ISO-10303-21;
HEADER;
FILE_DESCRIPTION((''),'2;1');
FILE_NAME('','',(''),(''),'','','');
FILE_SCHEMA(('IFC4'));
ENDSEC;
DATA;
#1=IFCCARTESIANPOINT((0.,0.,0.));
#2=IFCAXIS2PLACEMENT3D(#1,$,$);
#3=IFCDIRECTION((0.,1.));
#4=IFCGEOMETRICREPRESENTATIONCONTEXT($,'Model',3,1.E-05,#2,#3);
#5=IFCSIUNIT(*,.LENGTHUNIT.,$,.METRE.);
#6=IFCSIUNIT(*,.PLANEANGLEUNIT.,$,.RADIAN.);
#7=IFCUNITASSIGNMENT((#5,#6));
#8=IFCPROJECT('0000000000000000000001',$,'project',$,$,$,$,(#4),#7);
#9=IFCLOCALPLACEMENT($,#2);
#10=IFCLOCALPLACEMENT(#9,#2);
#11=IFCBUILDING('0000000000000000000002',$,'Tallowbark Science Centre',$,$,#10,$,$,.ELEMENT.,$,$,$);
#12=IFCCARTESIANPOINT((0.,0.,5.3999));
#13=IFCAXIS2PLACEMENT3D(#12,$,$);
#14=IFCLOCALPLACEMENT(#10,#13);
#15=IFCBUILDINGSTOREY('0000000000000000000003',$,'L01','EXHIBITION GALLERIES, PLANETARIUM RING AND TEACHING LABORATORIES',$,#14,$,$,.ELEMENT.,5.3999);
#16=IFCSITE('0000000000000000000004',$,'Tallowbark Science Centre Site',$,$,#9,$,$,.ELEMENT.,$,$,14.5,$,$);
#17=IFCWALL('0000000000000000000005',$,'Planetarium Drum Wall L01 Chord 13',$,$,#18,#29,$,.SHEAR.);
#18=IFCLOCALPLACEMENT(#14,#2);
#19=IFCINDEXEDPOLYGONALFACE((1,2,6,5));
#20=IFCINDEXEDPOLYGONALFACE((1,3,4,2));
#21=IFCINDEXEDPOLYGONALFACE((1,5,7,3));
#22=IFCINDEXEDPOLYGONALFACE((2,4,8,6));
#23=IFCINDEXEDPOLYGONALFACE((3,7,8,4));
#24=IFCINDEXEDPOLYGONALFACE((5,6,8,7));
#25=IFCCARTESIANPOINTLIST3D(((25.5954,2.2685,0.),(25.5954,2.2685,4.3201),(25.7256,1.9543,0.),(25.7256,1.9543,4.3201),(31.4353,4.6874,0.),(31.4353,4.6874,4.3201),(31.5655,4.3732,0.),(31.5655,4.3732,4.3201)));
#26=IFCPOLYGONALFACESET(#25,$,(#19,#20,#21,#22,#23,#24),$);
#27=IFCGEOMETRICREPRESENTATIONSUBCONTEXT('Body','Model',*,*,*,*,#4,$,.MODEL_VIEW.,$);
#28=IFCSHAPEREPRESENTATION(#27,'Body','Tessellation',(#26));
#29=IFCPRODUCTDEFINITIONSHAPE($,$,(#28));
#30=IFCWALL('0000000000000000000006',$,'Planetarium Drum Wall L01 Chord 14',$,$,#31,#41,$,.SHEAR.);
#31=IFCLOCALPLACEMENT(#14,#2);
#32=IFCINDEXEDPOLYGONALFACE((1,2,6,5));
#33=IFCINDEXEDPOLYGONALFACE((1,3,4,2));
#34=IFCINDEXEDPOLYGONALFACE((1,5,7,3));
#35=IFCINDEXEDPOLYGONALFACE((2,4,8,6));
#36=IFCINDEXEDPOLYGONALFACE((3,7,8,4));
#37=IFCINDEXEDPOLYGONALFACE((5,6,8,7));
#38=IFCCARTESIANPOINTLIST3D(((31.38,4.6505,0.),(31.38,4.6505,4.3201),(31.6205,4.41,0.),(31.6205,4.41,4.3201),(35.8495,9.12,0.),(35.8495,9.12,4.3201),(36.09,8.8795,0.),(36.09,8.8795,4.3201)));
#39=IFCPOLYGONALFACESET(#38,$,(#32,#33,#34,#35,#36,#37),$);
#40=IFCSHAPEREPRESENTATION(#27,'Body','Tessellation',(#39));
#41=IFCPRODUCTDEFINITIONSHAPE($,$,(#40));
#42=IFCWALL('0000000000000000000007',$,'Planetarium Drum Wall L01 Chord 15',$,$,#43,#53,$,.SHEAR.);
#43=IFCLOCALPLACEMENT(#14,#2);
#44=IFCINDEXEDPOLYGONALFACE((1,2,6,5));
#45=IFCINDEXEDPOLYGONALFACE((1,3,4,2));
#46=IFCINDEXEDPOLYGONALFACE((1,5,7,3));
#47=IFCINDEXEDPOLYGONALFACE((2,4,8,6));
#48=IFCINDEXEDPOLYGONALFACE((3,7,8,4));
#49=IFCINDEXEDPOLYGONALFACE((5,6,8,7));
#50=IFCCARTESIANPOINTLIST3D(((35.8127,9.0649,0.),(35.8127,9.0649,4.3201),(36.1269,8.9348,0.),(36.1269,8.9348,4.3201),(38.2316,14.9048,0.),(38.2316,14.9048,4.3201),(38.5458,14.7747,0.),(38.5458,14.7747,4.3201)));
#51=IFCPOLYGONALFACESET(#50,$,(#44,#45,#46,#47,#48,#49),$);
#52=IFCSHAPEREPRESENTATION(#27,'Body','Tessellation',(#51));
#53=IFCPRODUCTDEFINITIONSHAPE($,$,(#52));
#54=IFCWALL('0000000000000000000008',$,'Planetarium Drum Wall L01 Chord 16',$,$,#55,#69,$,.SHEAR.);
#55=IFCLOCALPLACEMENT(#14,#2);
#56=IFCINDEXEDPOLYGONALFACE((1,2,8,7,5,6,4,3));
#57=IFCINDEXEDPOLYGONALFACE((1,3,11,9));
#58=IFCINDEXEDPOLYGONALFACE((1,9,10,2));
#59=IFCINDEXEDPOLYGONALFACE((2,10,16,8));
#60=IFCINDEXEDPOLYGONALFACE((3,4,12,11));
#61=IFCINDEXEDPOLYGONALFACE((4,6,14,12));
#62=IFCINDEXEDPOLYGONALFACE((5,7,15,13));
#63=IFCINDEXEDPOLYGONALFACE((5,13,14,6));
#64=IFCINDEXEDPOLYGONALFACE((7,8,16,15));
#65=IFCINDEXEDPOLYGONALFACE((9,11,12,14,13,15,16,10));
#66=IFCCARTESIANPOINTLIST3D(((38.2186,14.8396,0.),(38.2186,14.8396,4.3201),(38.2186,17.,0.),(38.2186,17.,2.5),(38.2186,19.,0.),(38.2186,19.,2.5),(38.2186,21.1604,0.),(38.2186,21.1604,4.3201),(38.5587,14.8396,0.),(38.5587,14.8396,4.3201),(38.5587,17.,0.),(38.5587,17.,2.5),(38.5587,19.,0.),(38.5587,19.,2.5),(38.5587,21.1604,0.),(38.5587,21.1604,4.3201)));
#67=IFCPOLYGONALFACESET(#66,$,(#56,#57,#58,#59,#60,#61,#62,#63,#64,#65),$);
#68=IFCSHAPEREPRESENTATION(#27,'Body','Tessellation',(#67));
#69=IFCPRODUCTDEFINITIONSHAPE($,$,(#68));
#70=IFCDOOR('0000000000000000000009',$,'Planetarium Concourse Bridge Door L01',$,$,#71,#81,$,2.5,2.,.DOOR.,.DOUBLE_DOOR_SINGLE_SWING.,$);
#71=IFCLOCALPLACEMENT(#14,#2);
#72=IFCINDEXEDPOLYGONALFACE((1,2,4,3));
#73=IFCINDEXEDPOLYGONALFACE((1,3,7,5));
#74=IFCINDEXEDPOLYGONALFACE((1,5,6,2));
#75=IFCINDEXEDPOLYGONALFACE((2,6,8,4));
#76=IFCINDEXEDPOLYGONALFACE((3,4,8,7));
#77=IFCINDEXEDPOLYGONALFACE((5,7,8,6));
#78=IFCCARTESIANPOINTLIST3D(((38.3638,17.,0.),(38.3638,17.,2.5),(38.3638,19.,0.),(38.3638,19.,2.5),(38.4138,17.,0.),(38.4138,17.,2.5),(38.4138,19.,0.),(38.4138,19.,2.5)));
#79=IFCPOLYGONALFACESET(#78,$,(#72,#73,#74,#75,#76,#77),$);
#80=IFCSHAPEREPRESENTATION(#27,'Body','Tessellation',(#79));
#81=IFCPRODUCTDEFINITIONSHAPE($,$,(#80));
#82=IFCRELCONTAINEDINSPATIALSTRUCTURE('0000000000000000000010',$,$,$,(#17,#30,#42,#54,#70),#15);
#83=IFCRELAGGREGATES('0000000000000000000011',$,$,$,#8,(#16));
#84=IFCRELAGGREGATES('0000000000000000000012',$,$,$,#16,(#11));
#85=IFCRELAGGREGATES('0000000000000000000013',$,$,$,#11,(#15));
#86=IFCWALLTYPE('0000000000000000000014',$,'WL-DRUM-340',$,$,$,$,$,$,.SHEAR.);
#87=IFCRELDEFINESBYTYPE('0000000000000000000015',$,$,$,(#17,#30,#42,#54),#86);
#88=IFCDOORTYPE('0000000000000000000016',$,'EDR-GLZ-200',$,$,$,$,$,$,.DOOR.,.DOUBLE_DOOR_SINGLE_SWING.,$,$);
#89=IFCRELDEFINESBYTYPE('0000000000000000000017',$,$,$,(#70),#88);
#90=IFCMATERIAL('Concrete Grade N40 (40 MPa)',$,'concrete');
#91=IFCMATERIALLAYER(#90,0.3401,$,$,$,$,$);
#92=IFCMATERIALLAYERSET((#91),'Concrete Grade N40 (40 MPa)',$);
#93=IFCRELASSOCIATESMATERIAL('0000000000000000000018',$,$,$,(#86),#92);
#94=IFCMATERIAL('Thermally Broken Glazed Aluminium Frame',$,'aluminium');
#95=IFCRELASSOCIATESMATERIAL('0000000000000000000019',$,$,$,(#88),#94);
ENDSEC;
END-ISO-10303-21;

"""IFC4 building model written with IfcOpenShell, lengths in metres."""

from ifc_helpers import new_model, si_unit, direction, frame, frame_2d, origin, place, context, subcontext, project, spatial, rectangle, extrude, material, layer, layer_set, type_object, element, fill, save


model = new_model("IFC4")

# Units and contexts
model_context = context("Model", 3, precision=1e-05, world=origin(), true_north=direction((0.0, 1.0)))
body_context = subcontext(model_context, "Body", "Model", "MODEL_VIEW")
ifc_project = project(units=[si_unit("LENGTHUNIT", "METRE"), si_unit("PLANEANGLEUNIT", "RADIAN")], contexts=[model_context])

# Site, building, storey
site_placement = place(None, origin())
site = spatial("IfcSite", under=ifc_project, at=site_placement, Name="Tallowbark Science Centre Site", CompositionType="ELEMENT", RefElevation=14.5)
building_placement = place(site_placement, origin())
building = spatial("IfcBuilding", under=site, at=building_placement, Name="Tallowbark Science Centre", CompositionType="ELEMENT")
storey_placement = place(building_placement, frame((0.0, 0.0, 5.3999)))
storey = spatial("IfcBuildingStorey", under=building, at=storey_placement, Name="L01", Description="EXHIBITION GALLERIES, PLANETARIUM RING AND TEACHING LABORATORIES", CompositionType="ELEMENT", Elevation=5.3999)

# Walls
ifc_material_1 = material(Name="Concrete Grade N40 (40 MPa)", Category="concrete")
ifc_layer_1 = layer(ifc_material_1, 0.3401)
ifc_layer_set_1 = layer_set([ifc_layer_1], Name="Concrete Grade N40 (40 MPa)")
wall_type = type_object("IfcWallType", Name="WL-DRUM-340", PredefinedType="SHEAR", material=ifc_layer_set_1)
wall_1_placement = place(storey_placement, frame((25.6604, 2.1113, 0.0), z_axis=(0.0, 0.0, 1.0), x_axis=(0.923879, 0.382684, 0.0)))
element("IfcWall", 1, at=wall_1_placement, inside=storey, type_object=wall_type, Name="Planetarium Drum Wall L01 Chord 13", PredefinedType="SHEAR", context=body_context, shape_type="SweptSolid", body=[
    extrude(rectangle(XDim=6.321, YDim=0.3401, at=frame_2d((3.1606, 0.0))), origin(), (0.0, 0.0, 1.0), 4.3201),
])
wall_2_placement = place(storey_placement, frame((31.5002, 4.5303, 0.0), z_axis=(0.0, 0.0, 1.0), x_axis=(0.707107, 0.707107, 0.0)))
element("IfcWall", 2, at=wall_2_placement, inside=storey, type_object=wall_type, Name="Planetarium Drum Wall L01 Chord 14", PredefinedType="SHEAR", context=body_context, shape_type="SweptSolid", body=[
    extrude(rectangle(XDim=6.3208, YDim=0.3401, at=frame_2d((3.1604, 0.0))), origin(), (0.0, 0.0, 1.0), 4.3201),
])
wall_3_placement = place(storey_placement, frame((35.9697, 8.9998, 0.0), z_axis=(0.0, 0.0, 1.0), x_axis=(0.382684, 0.923879, 0.0)))
element("IfcWall", 3, at=wall_3_placement, inside=storey, type_object=wall_type, Name="Planetarium Drum Wall L01 Chord 15", PredefinedType="SHEAR", context=body_context, shape_type="SweptSolid", body=[
    extrude(rectangle(XDim=6.321, YDim=0.3401, at=frame_2d((3.1606, 0.0))), origin(), (0.0, 0.0, 1.0), 4.3201),
])

# Wall, opening, door
wall_4_placement = place(storey_placement, frame((38.3887, 14.8396, 0.0), z_axis=(0.0, 0.0, 1.0), x_axis=(0.0, 1.0, 0.0)))
wall_4 = element("IfcWall", 4, at=wall_4_placement, inside=storey, type_object=wall_type, Name="Planetarium Drum Wall L01 Chord 16", PredefinedType="SHEAR", context=body_context, shape_type="SweptSolid", body=[
    extrude(rectangle(XDim=6.3208, YDim=0.3401, at=frame_2d((3.1604, 0.0))), origin(), (0.0, 0.0, 1.0), 4.3201),
])
opening_placement = place(wall_4_placement, frame((2.1604, 0.0, 0.0)))
opening = element("IfcOpeningElement", 5, at=opening_placement, cuts=wall_4, PredefinedType="OPENING", context=body_context, shape_type="SweptSolid", body=[
    extrude(rectangle(XDim=2.0, YDim=2.5, at=frame_2d((1.0, 1.25))), frame((0.0, 0.1802, 0.0), z_axis=(0.0, -1.0, 0.0), x_axis=(1.0, 0.0, 0.0)), (0.0, 0.0, 1.0), 0.3601),
])
ifc_material_2 = material(Name="Thermally Broken Glazed Aluminium Frame", Category="aluminium")
door_type = type_object("IfcDoorType", Name="EDR-GLZ-200", OperationType="DOUBLE_DOOR_SINGLE_SWING", PredefinedType="DOOR", material=ifc_material_2)
door_placement = place(opening_placement, origin())
door = element("IfcDoor", 6, at=door_placement, inside=storey, type_object=door_type, Name="Planetarium Concourse Bridge Door L01", OperationType="DOUBLE_DOOR_SINGLE_SWING", OverallHeight=2.5, OverallWidth=2.0, PredefinedType="DOOR", context=body_context, shape_type="SweptSolid", body=[
    extrude(rectangle(XDim=2.0, YDim=2.5, at=frame_2d((1.0, 1.25))), frame((0.0, 0.0249, 0.0), z_axis=(0.0, -1.0, 0.0), x_axis=(1.0, 0.0, 0.0)), (0.0, 0.0, 1.0), 0.05),
])
fill(opening, door)

save(model, "model.ifc")
